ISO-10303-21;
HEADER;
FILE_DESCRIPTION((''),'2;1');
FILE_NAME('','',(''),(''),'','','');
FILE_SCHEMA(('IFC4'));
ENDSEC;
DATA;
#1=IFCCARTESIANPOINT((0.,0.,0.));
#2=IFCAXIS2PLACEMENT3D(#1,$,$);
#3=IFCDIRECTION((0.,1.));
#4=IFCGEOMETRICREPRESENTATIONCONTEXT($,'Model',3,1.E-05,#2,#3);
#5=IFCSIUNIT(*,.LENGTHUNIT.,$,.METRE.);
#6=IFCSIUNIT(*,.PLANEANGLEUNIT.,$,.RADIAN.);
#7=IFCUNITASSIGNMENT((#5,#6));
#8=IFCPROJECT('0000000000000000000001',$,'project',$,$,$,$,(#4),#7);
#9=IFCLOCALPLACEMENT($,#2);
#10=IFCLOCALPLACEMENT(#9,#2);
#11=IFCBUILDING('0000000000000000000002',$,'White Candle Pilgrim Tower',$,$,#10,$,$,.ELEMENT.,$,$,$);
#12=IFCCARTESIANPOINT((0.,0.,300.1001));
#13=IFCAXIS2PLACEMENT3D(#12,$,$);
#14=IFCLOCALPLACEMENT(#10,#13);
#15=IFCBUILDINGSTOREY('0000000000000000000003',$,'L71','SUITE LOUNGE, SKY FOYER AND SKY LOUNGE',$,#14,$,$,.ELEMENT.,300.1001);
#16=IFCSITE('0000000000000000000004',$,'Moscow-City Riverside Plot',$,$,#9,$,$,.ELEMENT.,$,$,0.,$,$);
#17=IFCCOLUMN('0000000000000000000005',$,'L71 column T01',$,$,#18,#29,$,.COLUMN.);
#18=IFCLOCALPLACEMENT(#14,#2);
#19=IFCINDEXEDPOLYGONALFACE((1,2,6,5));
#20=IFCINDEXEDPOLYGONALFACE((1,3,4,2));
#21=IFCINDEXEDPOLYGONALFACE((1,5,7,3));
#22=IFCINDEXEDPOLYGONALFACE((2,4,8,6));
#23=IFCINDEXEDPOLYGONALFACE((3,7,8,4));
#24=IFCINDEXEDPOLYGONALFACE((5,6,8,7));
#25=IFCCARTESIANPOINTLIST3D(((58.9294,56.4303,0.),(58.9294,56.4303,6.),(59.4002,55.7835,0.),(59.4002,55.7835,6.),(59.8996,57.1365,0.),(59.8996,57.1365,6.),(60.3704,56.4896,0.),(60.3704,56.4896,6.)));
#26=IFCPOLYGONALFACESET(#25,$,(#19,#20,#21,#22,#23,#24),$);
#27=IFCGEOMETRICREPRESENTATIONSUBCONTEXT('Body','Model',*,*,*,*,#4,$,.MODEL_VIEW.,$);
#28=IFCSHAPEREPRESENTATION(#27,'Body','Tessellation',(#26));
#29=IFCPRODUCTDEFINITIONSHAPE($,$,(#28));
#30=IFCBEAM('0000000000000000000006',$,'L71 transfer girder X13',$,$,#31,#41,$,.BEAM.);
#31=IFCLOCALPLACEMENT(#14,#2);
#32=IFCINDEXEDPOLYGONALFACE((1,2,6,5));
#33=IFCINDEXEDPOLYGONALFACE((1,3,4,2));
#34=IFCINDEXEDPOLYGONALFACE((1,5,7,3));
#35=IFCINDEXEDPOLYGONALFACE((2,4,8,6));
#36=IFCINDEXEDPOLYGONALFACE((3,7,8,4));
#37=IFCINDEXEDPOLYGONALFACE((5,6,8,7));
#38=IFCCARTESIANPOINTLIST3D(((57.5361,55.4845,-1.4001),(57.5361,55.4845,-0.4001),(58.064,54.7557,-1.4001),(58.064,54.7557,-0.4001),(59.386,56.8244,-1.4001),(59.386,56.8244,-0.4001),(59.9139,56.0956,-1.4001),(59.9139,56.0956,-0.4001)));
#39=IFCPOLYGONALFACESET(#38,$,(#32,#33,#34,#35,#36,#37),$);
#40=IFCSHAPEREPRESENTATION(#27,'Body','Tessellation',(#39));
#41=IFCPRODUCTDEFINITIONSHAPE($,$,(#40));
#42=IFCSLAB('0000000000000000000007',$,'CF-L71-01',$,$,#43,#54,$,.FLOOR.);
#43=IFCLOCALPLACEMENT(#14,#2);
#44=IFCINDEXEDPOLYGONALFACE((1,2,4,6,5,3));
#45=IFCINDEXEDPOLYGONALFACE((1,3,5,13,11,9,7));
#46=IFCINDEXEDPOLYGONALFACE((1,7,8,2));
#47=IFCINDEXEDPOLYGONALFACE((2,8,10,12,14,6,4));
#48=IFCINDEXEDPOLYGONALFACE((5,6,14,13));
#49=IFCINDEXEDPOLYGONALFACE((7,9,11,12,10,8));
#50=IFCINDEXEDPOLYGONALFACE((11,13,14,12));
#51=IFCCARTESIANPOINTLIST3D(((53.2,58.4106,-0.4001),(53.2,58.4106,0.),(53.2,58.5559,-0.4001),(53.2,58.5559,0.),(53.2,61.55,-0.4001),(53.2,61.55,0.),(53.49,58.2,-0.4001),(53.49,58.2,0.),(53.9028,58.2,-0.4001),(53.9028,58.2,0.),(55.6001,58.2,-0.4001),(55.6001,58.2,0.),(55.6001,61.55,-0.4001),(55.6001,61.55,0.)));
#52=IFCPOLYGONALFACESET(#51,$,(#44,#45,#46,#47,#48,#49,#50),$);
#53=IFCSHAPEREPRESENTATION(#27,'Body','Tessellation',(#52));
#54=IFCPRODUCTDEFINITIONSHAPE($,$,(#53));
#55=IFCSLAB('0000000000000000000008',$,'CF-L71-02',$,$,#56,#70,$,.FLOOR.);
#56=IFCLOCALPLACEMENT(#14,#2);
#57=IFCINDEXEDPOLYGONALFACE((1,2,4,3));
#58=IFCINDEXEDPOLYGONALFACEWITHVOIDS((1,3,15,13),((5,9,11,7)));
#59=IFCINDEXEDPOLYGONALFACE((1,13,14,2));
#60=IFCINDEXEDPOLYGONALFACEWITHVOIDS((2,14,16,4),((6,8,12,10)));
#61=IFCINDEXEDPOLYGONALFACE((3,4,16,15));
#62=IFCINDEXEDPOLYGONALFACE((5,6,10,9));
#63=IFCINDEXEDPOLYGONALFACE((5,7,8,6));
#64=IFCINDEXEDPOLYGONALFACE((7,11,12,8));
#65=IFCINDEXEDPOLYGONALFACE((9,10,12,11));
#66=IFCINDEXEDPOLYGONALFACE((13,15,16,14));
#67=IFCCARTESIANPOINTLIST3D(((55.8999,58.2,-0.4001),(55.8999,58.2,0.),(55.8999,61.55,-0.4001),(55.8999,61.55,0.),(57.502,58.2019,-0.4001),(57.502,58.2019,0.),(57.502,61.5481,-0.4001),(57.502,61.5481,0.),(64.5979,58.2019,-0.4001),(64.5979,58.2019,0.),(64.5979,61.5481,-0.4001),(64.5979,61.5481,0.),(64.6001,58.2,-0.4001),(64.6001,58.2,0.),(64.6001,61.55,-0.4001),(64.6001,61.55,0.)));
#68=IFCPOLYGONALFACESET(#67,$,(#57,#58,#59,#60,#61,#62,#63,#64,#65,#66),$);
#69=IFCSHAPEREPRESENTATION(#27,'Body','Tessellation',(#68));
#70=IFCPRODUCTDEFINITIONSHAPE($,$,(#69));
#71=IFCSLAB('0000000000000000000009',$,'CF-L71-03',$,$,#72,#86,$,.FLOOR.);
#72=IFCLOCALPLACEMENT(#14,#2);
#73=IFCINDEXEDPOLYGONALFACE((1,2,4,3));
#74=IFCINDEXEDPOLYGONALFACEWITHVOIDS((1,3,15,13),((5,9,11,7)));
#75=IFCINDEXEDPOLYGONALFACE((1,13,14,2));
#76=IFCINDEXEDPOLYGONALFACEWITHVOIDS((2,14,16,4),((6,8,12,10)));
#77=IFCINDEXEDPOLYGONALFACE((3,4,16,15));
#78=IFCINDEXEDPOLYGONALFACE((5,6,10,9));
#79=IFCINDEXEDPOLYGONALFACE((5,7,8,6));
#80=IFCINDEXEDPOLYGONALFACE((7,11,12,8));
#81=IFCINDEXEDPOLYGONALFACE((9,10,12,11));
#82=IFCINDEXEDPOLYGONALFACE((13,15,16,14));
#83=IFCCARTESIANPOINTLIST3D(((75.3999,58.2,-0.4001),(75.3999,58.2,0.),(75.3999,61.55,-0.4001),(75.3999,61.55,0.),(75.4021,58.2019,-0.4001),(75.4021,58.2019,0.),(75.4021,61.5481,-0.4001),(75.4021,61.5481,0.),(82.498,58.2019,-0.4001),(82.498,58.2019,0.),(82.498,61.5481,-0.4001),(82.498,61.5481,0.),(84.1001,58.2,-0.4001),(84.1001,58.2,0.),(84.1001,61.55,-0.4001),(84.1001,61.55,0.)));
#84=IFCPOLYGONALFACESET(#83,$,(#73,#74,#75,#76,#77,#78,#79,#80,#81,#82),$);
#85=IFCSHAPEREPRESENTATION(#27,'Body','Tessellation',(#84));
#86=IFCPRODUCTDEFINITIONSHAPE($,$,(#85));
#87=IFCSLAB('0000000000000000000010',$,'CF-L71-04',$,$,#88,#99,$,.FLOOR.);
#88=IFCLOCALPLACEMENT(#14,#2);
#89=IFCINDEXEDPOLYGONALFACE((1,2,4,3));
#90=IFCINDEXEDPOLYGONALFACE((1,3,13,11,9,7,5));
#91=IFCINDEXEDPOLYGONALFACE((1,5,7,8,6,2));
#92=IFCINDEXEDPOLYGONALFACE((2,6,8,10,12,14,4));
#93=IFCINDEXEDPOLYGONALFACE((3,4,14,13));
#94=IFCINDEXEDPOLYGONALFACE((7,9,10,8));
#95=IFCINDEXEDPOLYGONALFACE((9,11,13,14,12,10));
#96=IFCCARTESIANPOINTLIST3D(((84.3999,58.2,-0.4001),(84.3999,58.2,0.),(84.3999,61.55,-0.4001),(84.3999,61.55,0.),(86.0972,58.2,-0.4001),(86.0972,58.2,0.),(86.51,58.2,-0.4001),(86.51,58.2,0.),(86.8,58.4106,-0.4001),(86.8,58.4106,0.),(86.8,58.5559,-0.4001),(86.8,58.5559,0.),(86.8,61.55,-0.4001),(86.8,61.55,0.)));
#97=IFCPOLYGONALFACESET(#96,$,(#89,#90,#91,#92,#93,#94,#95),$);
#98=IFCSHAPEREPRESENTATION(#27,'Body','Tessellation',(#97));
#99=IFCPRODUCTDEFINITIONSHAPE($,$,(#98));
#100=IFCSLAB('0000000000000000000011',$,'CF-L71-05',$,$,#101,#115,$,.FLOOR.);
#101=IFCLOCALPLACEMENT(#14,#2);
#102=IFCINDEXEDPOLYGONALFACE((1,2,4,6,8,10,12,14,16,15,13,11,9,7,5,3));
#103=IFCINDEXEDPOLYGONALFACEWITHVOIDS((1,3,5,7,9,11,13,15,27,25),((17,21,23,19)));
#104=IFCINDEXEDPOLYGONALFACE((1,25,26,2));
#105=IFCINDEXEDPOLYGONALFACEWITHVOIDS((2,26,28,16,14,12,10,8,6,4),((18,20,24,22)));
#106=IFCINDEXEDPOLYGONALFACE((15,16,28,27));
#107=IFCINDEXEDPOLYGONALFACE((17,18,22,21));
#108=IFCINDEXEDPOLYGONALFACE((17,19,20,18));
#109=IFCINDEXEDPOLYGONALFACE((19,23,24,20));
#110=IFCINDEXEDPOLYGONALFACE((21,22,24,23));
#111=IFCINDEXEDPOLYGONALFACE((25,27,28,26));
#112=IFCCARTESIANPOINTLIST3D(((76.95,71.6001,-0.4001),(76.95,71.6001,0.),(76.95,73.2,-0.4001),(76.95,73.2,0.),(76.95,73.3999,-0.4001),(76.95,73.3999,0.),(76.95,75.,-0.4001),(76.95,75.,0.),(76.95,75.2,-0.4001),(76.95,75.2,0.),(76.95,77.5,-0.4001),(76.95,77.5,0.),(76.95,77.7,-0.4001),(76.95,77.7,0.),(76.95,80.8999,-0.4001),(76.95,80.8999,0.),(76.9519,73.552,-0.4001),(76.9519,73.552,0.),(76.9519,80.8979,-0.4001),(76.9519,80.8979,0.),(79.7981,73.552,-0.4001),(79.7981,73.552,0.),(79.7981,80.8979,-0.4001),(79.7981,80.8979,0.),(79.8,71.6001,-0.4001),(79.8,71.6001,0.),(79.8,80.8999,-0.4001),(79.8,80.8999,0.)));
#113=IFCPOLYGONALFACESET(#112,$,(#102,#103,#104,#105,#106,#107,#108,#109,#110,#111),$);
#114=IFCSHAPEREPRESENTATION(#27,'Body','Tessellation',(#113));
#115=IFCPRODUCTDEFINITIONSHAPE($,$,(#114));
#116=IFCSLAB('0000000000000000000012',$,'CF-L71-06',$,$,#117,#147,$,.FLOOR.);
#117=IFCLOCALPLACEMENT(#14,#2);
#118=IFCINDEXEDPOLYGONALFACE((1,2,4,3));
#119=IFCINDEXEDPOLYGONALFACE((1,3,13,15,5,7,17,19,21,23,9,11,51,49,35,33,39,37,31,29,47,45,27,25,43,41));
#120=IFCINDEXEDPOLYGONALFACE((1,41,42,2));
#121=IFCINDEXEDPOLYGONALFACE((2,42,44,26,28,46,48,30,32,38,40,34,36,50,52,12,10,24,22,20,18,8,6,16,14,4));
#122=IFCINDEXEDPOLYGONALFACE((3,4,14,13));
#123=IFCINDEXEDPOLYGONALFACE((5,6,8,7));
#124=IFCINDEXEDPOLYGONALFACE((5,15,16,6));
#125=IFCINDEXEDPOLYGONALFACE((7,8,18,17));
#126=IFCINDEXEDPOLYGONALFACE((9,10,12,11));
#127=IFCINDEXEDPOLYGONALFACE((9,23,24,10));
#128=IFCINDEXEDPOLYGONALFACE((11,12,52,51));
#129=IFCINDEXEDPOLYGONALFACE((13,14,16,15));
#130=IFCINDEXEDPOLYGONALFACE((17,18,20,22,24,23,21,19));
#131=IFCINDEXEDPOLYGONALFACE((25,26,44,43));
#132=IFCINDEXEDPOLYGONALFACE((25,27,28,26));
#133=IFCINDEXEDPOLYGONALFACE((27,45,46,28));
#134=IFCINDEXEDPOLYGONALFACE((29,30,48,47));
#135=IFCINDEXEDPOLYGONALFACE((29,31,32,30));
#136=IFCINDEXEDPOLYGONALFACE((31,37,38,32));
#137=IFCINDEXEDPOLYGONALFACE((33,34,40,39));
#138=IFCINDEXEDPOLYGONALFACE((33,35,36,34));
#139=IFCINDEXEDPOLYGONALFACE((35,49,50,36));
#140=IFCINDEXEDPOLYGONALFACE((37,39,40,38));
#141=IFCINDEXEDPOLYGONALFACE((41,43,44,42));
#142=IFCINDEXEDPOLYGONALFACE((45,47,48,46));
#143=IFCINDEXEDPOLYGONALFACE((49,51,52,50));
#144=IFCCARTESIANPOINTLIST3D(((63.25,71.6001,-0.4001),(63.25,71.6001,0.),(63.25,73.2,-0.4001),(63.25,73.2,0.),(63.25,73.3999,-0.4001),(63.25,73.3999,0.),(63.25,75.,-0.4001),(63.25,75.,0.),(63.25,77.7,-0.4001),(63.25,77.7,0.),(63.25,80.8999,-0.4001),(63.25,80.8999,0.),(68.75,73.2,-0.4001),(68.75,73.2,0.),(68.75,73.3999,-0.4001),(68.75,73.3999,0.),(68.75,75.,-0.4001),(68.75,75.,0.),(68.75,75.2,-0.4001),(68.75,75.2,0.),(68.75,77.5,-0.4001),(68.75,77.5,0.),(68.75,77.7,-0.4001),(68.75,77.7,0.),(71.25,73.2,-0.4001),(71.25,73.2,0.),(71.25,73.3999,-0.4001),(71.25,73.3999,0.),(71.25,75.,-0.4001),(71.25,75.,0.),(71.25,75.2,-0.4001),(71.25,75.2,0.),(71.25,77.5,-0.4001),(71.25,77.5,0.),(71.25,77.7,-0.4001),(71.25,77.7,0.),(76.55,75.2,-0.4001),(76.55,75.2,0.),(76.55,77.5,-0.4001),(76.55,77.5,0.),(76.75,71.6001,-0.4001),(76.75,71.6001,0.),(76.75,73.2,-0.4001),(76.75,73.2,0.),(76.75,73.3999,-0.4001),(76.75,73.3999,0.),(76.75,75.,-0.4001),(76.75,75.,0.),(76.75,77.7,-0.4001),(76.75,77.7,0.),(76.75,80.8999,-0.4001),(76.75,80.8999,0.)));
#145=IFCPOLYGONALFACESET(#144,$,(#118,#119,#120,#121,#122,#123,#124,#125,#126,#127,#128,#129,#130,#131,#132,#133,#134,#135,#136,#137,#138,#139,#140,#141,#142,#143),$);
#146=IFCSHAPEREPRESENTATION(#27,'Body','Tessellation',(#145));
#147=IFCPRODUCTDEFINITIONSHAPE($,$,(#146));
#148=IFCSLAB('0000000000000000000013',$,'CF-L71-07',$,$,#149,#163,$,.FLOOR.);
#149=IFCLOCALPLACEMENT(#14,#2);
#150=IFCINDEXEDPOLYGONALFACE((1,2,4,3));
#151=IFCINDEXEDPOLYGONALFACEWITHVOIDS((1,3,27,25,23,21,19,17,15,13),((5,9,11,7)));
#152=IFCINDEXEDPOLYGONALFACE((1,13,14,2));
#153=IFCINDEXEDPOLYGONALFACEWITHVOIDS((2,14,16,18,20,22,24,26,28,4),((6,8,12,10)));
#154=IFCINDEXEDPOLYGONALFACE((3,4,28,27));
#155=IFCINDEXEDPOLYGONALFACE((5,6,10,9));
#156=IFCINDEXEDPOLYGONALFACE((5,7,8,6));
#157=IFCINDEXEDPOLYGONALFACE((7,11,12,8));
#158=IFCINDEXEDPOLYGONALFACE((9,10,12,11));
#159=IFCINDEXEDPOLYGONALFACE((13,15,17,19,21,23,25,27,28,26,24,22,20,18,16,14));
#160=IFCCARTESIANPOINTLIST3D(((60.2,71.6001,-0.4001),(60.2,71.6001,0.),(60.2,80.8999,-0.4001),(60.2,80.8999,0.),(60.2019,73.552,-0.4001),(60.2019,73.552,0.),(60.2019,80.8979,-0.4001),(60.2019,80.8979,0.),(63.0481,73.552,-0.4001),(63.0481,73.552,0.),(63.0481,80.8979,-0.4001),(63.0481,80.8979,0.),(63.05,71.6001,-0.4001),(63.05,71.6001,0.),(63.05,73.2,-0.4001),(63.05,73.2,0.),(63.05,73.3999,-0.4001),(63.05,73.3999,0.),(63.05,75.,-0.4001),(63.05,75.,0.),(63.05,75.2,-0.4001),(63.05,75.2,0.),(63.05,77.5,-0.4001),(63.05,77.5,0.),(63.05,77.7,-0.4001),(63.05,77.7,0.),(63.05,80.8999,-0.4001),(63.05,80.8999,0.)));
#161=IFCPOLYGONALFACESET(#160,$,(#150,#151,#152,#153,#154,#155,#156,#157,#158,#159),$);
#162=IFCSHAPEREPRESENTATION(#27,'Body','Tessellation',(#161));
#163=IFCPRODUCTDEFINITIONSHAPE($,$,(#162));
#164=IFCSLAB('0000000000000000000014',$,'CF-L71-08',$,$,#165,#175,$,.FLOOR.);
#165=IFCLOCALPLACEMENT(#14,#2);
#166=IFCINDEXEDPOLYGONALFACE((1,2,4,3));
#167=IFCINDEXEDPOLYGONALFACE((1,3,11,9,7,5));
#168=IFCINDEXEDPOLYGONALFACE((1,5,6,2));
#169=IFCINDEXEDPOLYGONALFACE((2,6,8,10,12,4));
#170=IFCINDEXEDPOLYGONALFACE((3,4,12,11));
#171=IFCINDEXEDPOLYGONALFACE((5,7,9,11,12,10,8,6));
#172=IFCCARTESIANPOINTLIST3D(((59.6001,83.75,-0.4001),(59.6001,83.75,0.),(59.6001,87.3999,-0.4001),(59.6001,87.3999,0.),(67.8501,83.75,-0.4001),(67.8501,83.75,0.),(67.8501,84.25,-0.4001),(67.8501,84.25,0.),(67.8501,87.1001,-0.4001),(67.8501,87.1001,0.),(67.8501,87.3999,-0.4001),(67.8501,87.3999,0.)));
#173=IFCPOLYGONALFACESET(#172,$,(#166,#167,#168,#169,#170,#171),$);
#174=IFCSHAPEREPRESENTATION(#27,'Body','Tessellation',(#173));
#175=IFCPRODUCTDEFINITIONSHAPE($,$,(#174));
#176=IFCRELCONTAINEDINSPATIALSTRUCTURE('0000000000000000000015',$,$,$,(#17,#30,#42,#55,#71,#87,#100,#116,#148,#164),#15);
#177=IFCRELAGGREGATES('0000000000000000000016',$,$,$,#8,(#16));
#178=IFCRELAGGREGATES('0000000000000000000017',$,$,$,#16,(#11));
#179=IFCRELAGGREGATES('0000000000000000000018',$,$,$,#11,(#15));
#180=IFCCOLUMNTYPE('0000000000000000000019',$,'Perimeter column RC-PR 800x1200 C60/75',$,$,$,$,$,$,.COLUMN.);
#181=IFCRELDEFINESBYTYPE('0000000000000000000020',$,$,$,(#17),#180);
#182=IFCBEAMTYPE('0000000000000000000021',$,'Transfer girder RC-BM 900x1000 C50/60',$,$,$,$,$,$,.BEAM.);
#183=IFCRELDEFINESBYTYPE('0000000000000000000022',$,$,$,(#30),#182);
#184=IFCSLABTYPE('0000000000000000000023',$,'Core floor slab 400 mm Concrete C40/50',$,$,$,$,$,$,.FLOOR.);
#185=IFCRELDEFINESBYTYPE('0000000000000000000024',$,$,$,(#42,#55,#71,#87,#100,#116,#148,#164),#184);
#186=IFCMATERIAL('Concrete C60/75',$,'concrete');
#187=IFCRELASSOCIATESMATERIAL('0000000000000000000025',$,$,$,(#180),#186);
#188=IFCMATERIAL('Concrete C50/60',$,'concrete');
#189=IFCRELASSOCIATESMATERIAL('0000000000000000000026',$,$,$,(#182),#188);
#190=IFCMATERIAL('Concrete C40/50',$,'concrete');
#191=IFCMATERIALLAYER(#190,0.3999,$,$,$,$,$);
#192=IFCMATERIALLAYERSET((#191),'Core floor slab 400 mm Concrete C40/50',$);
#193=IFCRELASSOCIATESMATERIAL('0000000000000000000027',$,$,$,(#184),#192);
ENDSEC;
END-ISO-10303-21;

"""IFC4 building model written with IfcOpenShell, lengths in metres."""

from ifc_helpers import new_model, si_unit, direction, frame, origin, origin_2d, place, context, subcontext, project, spatial, polyline, rectangle, outline, extrude, material, layer, layer_set, material_profile, profile_set, type_object, element, save


model = new_model("IFC4")

# Units and contexts
model_context = context("Model", 3, precision=1e-05, world=origin(), true_north=direction((0.0, 1.0)))
body_context = subcontext(model_context, "Body", "Model", "MODEL_VIEW")
ifc_project = project(units=[si_unit("LENGTHUNIT", "METRE"), si_unit("PLANEANGLEUNIT", "RADIAN")], contexts=[model_context])

# Site, building, storey
site_placement = place(None, origin())
site = spatial("IfcSite", under=ifc_project, at=site_placement, Name="Moscow-City Riverside Plot", CompositionType="ELEMENT", RefElevation=0.0)
building_placement = place(site_placement, origin())
building = spatial("IfcBuilding", under=site, at=building_placement, Name="White Candle Pilgrim Tower", CompositionType="ELEMENT")
storey_placement = place(building_placement, frame((0.0, 0.0, 300.1001)))
storey = spatial("IfcBuildingStorey", under=building, at=storey_placement, Name="L71", Description="SUITE LOUNGE, SKY FOYER AND SKY LOUNGE", CompositionType="ELEMENT", Elevation=300.1001)

# Column
ifc_material_1 = material(Name="Concrete C60/75", Category="concrete")
ifc_material_profile_1 = material_profile(ifc_material_1, rectangle(XDim=0.8, YDim=1.2, at=origin_2d()), Name="RC-PR 800x1200")
ifc_profile_set_1 = profile_set([ifc_material_profile_1], Name="Concrete C60/75")
column_type = type_object("IfcColumnType", Name="Perimeter column RC-PR 800x1200 C60/75", PredefinedType="COLUMN", material=ifc_profile_set_1)
column_placement = place(storey_placement, frame((59.6499, 56.46, 0.0), z_axis=(0.0, 0.0, 1.0), x_axis=(-0.588463, 0.808524, 0.0)))
element("IfcColumn", 1, at=column_placement, inside=storey, type_object=column_type, Name="L71 column T01", PredefinedType="COLUMN", context=body_context, shape_type="SweptSolid", body=[
    extrude(rectangle(XDim=0.8, YDim=1.2, at=origin_2d()), origin(), (0.0, 0.0, 1.0), 6.0),
])

# Beam
ifc_material_2 = material(Name="Concrete C50/60", Category="concrete")
ifc_material_profile_2 = material_profile(ifc_material_2, rectangle(XDim=0.8999, YDim=1.0, at=origin_2d()), Name="RC-BM 900x1000")
ifc_profile_set_2 = profile_set([ifc_material_profile_2], Name="Concrete C50/60")
beam_type = type_object("IfcBeamType", Name="Transfer girder RC-BM 900x1000 C50/60", PredefinedType="BEAM", material=ifc_profile_set_2)
beam_placement = place(storey_placement, frame((57.8, 55.1201, -0.9001), z_axis=(0.809881, 0.586594, 0.0), x_axis=(-0.586594, 0.809881, 0.0)))
element("IfcBeam", 2, at=beam_placement, inside=storey, type_object=beam_type, Name="L71 transfer girder X13", PredefinedType="BEAM", context=body_context, shape_type="SweptSolid", body=[
    extrude(rectangle(XDim=0.8999, YDim=1.0, at=origin_2d()), origin(), (0.0, 0.0, 1.0), 2.2842),
])

# Slabs
ifc_material_3 = material(Name="Concrete C40/50", Category="concrete")
ifc_layer_1 = layer(ifc_material_3, 0.3999)
ifc_layer_set_1 = layer_set([ifc_layer_1], Name="Core floor slab 400 mm Concrete C40/50")
slab_type_1 = type_object("IfcSlabType", Name="Core floor slab 400 mm Concrete C40/50", PredefinedType="FLOOR", material=ifc_layer_set_1)
slab_1_placement = place(storey_placement, frame((0.0, 0.0, -0.4001)))
element("IfcSlab", 3, at=slab_1_placement, inside=storey, type_object=slab_type_1, Name="CF-L71-01", PredefinedType="FLOOR", context=body_context, shape_type="SweptSolid", body=[
    extrude(outline(polyline([(53.9028, 58.2), (53.49, 58.2), (53.2, 58.4106), (53.2, 58.5559), (53.2, 61.55), (55.6001, 61.55), (55.6001, 58.2), (53.9028, 58.2)])), origin(), (0.0, 0.0, 1.0), 0.4001),
])
slab_2_placement = place(storey_placement, frame((0.0, 0.0, -0.4001)))
element("IfcSlab", 4, at=slab_2_placement, inside=storey, type_object=slab_type_1, Name="CF-L71-02", PredefinedType="FLOOR", context=body_context, shape_type="SweptSolid", body=[
    extrude(outline(polyline([(55.8999, 58.2), (55.8999, 61.55), (64.6001, 61.55), (64.6001, 58.2), (55.8999, 58.2)]), holes=[polyline([(57.502, 61.5481), (57.502, 58.2019), (64.5979, 58.2019), (64.5979, 61.5481), (57.502, 61.5481)])]), origin(), (0.0, 0.0, 1.0), 0.4001),
])
slab_3_placement = place(storey_placement, frame((0.0, 0.0, -0.4001)))
element("IfcSlab", 5, at=slab_3_placement, inside=storey, type_object=slab_type_1, Name="CF-L71-03", PredefinedType="FLOOR", context=body_context, shape_type="SweptSolid", body=[
    extrude(outline(polyline([(75.3999, 58.2), (75.3999, 61.55), (84.1001, 61.55), (84.1001, 58.2), (75.3999, 58.2)]), holes=[polyline([(82.498, 58.2019), (82.498, 61.5481), (75.4021, 61.5481), (75.4021, 58.2019), (82.498, 58.2019)])]), origin(), (0.0, 0.0, 1.0), 0.4001),
])
slab_4_placement = place(storey_placement, frame((0.0, 0.0, -0.4001)))
element("IfcSlab", 6, at=slab_4_placement, inside=storey, type_object=slab_type_1, Name="CF-L71-04", PredefinedType="FLOOR", context=body_context, shape_type="SweptSolid", body=[
    extrude(outline(polyline([(86.8, 58.5559), (86.8, 58.4106), (86.51, 58.2), (86.0972, 58.2), (84.3999, 58.2), (84.3999, 61.55), (86.8, 61.55), (86.8, 58.5559)])), origin(), (0.0, 0.0, 1.0), 0.4001),
])
slab_5_placement = place(storey_placement, frame((0.0, 0.0, -0.4001)))
element("IfcSlab", 7, at=slab_5_placement, inside=storey, type_object=slab_type_1, Name="CF-L71-05", PredefinedType="FLOOR", context=body_context, shape_type="SweptSolid", body=[
    extrude(outline(polyline([(76.95, 71.6001), (76.95, 73.2), (76.95, 73.3999), (76.95, 75.0), (76.95, 75.2), (76.95, 77.5), (76.95, 77.7), (76.95, 80.8999), (79.8, 80.8999), (79.8, 71.6001), (76.95, 71.6001)]), holes=[polyline([(76.9519, 73.552), (79.7981, 73.552), (79.7981, 80.8979), (76.9519, 80.8979), (76.9519, 73.552)])]), origin(), (0.0, 0.0, 1.0), 0.4001),
])
slab_6_placement = place(storey_placement, frame((0.0, 0.0, -0.4001)))
element("IfcSlab", 8, at=slab_6_placement, inside=storey, type_object=slab_type_1, Name="CF-L71-06", PredefinedType="FLOOR", context=body_context, shape_type="SweptSolid", body=[
    extrude(outline(polyline([(63.25, 71.6001), (63.25, 73.2), (68.75, 73.2), (68.75, 73.3999), (63.25, 73.3999), (63.25, 75.0), (68.75, 75.0), (68.75, 75.2), (68.75, 77.5), (68.75, 77.7), (63.25, 77.7), (63.25, 80.8999), (76.75, 80.8999), (76.75, 77.7), (71.25, 77.7), (71.25, 77.5), (76.55, 77.5), (76.55, 75.2), (71.25, 75.2), (71.25, 75.0), (76.75, 75.0), (76.75, 73.3999), (71.25, 73.3999), (71.25, 73.2), (76.75, 73.2), (76.75, 71.6001), (63.25, 71.6001)])), origin(), (0.0, 0.0, 1.0), 0.4001),
])
slab_7_placement = place(storey_placement, frame((0.0, 0.0, -0.4001)))
element("IfcSlab", 9, at=slab_7_placement, inside=storey, type_object=slab_type_1, Name="CF-L71-07", PredefinedType="FLOOR", context=body_context, shape_type="SweptSolid", body=[
    extrude(outline(polyline([(60.2, 71.6001), (60.2, 80.8999), (63.05, 80.8999), (63.05, 77.7), (63.05, 77.5), (63.05, 75.2), (63.05, 75.0), (63.05, 73.3999), (63.05, 73.2), (63.05, 71.6001), (60.2, 71.6001)]), holes=[polyline([(60.2019, 73.552), (63.0481, 73.552), (63.0481, 80.8979), (60.2019, 80.8979), (60.2019, 73.552)])]), origin(), (0.0, 0.0, 1.0), 0.4001),
])
slab_8_placement = place(storey_placement, frame((0.0, 0.0, -0.4001)))
element("IfcSlab", 10, at=slab_8_placement, inside=storey, type_object=slab_type_1, Name="CF-L71-08", PredefinedType="FLOOR", context=body_context, shape_type="SweptSolid", body=[
    extrude(outline(polyline([(59.6001, 87.3999), (67.8501, 87.3999), (67.8501, 87.1001), (67.8501, 84.25), (67.8501, 83.75), (59.6001, 83.75), (59.6001, 87.3999)])), origin(), (0.0, 0.0, 1.0), 0.4001),
])

save(model, "model.ifc")
